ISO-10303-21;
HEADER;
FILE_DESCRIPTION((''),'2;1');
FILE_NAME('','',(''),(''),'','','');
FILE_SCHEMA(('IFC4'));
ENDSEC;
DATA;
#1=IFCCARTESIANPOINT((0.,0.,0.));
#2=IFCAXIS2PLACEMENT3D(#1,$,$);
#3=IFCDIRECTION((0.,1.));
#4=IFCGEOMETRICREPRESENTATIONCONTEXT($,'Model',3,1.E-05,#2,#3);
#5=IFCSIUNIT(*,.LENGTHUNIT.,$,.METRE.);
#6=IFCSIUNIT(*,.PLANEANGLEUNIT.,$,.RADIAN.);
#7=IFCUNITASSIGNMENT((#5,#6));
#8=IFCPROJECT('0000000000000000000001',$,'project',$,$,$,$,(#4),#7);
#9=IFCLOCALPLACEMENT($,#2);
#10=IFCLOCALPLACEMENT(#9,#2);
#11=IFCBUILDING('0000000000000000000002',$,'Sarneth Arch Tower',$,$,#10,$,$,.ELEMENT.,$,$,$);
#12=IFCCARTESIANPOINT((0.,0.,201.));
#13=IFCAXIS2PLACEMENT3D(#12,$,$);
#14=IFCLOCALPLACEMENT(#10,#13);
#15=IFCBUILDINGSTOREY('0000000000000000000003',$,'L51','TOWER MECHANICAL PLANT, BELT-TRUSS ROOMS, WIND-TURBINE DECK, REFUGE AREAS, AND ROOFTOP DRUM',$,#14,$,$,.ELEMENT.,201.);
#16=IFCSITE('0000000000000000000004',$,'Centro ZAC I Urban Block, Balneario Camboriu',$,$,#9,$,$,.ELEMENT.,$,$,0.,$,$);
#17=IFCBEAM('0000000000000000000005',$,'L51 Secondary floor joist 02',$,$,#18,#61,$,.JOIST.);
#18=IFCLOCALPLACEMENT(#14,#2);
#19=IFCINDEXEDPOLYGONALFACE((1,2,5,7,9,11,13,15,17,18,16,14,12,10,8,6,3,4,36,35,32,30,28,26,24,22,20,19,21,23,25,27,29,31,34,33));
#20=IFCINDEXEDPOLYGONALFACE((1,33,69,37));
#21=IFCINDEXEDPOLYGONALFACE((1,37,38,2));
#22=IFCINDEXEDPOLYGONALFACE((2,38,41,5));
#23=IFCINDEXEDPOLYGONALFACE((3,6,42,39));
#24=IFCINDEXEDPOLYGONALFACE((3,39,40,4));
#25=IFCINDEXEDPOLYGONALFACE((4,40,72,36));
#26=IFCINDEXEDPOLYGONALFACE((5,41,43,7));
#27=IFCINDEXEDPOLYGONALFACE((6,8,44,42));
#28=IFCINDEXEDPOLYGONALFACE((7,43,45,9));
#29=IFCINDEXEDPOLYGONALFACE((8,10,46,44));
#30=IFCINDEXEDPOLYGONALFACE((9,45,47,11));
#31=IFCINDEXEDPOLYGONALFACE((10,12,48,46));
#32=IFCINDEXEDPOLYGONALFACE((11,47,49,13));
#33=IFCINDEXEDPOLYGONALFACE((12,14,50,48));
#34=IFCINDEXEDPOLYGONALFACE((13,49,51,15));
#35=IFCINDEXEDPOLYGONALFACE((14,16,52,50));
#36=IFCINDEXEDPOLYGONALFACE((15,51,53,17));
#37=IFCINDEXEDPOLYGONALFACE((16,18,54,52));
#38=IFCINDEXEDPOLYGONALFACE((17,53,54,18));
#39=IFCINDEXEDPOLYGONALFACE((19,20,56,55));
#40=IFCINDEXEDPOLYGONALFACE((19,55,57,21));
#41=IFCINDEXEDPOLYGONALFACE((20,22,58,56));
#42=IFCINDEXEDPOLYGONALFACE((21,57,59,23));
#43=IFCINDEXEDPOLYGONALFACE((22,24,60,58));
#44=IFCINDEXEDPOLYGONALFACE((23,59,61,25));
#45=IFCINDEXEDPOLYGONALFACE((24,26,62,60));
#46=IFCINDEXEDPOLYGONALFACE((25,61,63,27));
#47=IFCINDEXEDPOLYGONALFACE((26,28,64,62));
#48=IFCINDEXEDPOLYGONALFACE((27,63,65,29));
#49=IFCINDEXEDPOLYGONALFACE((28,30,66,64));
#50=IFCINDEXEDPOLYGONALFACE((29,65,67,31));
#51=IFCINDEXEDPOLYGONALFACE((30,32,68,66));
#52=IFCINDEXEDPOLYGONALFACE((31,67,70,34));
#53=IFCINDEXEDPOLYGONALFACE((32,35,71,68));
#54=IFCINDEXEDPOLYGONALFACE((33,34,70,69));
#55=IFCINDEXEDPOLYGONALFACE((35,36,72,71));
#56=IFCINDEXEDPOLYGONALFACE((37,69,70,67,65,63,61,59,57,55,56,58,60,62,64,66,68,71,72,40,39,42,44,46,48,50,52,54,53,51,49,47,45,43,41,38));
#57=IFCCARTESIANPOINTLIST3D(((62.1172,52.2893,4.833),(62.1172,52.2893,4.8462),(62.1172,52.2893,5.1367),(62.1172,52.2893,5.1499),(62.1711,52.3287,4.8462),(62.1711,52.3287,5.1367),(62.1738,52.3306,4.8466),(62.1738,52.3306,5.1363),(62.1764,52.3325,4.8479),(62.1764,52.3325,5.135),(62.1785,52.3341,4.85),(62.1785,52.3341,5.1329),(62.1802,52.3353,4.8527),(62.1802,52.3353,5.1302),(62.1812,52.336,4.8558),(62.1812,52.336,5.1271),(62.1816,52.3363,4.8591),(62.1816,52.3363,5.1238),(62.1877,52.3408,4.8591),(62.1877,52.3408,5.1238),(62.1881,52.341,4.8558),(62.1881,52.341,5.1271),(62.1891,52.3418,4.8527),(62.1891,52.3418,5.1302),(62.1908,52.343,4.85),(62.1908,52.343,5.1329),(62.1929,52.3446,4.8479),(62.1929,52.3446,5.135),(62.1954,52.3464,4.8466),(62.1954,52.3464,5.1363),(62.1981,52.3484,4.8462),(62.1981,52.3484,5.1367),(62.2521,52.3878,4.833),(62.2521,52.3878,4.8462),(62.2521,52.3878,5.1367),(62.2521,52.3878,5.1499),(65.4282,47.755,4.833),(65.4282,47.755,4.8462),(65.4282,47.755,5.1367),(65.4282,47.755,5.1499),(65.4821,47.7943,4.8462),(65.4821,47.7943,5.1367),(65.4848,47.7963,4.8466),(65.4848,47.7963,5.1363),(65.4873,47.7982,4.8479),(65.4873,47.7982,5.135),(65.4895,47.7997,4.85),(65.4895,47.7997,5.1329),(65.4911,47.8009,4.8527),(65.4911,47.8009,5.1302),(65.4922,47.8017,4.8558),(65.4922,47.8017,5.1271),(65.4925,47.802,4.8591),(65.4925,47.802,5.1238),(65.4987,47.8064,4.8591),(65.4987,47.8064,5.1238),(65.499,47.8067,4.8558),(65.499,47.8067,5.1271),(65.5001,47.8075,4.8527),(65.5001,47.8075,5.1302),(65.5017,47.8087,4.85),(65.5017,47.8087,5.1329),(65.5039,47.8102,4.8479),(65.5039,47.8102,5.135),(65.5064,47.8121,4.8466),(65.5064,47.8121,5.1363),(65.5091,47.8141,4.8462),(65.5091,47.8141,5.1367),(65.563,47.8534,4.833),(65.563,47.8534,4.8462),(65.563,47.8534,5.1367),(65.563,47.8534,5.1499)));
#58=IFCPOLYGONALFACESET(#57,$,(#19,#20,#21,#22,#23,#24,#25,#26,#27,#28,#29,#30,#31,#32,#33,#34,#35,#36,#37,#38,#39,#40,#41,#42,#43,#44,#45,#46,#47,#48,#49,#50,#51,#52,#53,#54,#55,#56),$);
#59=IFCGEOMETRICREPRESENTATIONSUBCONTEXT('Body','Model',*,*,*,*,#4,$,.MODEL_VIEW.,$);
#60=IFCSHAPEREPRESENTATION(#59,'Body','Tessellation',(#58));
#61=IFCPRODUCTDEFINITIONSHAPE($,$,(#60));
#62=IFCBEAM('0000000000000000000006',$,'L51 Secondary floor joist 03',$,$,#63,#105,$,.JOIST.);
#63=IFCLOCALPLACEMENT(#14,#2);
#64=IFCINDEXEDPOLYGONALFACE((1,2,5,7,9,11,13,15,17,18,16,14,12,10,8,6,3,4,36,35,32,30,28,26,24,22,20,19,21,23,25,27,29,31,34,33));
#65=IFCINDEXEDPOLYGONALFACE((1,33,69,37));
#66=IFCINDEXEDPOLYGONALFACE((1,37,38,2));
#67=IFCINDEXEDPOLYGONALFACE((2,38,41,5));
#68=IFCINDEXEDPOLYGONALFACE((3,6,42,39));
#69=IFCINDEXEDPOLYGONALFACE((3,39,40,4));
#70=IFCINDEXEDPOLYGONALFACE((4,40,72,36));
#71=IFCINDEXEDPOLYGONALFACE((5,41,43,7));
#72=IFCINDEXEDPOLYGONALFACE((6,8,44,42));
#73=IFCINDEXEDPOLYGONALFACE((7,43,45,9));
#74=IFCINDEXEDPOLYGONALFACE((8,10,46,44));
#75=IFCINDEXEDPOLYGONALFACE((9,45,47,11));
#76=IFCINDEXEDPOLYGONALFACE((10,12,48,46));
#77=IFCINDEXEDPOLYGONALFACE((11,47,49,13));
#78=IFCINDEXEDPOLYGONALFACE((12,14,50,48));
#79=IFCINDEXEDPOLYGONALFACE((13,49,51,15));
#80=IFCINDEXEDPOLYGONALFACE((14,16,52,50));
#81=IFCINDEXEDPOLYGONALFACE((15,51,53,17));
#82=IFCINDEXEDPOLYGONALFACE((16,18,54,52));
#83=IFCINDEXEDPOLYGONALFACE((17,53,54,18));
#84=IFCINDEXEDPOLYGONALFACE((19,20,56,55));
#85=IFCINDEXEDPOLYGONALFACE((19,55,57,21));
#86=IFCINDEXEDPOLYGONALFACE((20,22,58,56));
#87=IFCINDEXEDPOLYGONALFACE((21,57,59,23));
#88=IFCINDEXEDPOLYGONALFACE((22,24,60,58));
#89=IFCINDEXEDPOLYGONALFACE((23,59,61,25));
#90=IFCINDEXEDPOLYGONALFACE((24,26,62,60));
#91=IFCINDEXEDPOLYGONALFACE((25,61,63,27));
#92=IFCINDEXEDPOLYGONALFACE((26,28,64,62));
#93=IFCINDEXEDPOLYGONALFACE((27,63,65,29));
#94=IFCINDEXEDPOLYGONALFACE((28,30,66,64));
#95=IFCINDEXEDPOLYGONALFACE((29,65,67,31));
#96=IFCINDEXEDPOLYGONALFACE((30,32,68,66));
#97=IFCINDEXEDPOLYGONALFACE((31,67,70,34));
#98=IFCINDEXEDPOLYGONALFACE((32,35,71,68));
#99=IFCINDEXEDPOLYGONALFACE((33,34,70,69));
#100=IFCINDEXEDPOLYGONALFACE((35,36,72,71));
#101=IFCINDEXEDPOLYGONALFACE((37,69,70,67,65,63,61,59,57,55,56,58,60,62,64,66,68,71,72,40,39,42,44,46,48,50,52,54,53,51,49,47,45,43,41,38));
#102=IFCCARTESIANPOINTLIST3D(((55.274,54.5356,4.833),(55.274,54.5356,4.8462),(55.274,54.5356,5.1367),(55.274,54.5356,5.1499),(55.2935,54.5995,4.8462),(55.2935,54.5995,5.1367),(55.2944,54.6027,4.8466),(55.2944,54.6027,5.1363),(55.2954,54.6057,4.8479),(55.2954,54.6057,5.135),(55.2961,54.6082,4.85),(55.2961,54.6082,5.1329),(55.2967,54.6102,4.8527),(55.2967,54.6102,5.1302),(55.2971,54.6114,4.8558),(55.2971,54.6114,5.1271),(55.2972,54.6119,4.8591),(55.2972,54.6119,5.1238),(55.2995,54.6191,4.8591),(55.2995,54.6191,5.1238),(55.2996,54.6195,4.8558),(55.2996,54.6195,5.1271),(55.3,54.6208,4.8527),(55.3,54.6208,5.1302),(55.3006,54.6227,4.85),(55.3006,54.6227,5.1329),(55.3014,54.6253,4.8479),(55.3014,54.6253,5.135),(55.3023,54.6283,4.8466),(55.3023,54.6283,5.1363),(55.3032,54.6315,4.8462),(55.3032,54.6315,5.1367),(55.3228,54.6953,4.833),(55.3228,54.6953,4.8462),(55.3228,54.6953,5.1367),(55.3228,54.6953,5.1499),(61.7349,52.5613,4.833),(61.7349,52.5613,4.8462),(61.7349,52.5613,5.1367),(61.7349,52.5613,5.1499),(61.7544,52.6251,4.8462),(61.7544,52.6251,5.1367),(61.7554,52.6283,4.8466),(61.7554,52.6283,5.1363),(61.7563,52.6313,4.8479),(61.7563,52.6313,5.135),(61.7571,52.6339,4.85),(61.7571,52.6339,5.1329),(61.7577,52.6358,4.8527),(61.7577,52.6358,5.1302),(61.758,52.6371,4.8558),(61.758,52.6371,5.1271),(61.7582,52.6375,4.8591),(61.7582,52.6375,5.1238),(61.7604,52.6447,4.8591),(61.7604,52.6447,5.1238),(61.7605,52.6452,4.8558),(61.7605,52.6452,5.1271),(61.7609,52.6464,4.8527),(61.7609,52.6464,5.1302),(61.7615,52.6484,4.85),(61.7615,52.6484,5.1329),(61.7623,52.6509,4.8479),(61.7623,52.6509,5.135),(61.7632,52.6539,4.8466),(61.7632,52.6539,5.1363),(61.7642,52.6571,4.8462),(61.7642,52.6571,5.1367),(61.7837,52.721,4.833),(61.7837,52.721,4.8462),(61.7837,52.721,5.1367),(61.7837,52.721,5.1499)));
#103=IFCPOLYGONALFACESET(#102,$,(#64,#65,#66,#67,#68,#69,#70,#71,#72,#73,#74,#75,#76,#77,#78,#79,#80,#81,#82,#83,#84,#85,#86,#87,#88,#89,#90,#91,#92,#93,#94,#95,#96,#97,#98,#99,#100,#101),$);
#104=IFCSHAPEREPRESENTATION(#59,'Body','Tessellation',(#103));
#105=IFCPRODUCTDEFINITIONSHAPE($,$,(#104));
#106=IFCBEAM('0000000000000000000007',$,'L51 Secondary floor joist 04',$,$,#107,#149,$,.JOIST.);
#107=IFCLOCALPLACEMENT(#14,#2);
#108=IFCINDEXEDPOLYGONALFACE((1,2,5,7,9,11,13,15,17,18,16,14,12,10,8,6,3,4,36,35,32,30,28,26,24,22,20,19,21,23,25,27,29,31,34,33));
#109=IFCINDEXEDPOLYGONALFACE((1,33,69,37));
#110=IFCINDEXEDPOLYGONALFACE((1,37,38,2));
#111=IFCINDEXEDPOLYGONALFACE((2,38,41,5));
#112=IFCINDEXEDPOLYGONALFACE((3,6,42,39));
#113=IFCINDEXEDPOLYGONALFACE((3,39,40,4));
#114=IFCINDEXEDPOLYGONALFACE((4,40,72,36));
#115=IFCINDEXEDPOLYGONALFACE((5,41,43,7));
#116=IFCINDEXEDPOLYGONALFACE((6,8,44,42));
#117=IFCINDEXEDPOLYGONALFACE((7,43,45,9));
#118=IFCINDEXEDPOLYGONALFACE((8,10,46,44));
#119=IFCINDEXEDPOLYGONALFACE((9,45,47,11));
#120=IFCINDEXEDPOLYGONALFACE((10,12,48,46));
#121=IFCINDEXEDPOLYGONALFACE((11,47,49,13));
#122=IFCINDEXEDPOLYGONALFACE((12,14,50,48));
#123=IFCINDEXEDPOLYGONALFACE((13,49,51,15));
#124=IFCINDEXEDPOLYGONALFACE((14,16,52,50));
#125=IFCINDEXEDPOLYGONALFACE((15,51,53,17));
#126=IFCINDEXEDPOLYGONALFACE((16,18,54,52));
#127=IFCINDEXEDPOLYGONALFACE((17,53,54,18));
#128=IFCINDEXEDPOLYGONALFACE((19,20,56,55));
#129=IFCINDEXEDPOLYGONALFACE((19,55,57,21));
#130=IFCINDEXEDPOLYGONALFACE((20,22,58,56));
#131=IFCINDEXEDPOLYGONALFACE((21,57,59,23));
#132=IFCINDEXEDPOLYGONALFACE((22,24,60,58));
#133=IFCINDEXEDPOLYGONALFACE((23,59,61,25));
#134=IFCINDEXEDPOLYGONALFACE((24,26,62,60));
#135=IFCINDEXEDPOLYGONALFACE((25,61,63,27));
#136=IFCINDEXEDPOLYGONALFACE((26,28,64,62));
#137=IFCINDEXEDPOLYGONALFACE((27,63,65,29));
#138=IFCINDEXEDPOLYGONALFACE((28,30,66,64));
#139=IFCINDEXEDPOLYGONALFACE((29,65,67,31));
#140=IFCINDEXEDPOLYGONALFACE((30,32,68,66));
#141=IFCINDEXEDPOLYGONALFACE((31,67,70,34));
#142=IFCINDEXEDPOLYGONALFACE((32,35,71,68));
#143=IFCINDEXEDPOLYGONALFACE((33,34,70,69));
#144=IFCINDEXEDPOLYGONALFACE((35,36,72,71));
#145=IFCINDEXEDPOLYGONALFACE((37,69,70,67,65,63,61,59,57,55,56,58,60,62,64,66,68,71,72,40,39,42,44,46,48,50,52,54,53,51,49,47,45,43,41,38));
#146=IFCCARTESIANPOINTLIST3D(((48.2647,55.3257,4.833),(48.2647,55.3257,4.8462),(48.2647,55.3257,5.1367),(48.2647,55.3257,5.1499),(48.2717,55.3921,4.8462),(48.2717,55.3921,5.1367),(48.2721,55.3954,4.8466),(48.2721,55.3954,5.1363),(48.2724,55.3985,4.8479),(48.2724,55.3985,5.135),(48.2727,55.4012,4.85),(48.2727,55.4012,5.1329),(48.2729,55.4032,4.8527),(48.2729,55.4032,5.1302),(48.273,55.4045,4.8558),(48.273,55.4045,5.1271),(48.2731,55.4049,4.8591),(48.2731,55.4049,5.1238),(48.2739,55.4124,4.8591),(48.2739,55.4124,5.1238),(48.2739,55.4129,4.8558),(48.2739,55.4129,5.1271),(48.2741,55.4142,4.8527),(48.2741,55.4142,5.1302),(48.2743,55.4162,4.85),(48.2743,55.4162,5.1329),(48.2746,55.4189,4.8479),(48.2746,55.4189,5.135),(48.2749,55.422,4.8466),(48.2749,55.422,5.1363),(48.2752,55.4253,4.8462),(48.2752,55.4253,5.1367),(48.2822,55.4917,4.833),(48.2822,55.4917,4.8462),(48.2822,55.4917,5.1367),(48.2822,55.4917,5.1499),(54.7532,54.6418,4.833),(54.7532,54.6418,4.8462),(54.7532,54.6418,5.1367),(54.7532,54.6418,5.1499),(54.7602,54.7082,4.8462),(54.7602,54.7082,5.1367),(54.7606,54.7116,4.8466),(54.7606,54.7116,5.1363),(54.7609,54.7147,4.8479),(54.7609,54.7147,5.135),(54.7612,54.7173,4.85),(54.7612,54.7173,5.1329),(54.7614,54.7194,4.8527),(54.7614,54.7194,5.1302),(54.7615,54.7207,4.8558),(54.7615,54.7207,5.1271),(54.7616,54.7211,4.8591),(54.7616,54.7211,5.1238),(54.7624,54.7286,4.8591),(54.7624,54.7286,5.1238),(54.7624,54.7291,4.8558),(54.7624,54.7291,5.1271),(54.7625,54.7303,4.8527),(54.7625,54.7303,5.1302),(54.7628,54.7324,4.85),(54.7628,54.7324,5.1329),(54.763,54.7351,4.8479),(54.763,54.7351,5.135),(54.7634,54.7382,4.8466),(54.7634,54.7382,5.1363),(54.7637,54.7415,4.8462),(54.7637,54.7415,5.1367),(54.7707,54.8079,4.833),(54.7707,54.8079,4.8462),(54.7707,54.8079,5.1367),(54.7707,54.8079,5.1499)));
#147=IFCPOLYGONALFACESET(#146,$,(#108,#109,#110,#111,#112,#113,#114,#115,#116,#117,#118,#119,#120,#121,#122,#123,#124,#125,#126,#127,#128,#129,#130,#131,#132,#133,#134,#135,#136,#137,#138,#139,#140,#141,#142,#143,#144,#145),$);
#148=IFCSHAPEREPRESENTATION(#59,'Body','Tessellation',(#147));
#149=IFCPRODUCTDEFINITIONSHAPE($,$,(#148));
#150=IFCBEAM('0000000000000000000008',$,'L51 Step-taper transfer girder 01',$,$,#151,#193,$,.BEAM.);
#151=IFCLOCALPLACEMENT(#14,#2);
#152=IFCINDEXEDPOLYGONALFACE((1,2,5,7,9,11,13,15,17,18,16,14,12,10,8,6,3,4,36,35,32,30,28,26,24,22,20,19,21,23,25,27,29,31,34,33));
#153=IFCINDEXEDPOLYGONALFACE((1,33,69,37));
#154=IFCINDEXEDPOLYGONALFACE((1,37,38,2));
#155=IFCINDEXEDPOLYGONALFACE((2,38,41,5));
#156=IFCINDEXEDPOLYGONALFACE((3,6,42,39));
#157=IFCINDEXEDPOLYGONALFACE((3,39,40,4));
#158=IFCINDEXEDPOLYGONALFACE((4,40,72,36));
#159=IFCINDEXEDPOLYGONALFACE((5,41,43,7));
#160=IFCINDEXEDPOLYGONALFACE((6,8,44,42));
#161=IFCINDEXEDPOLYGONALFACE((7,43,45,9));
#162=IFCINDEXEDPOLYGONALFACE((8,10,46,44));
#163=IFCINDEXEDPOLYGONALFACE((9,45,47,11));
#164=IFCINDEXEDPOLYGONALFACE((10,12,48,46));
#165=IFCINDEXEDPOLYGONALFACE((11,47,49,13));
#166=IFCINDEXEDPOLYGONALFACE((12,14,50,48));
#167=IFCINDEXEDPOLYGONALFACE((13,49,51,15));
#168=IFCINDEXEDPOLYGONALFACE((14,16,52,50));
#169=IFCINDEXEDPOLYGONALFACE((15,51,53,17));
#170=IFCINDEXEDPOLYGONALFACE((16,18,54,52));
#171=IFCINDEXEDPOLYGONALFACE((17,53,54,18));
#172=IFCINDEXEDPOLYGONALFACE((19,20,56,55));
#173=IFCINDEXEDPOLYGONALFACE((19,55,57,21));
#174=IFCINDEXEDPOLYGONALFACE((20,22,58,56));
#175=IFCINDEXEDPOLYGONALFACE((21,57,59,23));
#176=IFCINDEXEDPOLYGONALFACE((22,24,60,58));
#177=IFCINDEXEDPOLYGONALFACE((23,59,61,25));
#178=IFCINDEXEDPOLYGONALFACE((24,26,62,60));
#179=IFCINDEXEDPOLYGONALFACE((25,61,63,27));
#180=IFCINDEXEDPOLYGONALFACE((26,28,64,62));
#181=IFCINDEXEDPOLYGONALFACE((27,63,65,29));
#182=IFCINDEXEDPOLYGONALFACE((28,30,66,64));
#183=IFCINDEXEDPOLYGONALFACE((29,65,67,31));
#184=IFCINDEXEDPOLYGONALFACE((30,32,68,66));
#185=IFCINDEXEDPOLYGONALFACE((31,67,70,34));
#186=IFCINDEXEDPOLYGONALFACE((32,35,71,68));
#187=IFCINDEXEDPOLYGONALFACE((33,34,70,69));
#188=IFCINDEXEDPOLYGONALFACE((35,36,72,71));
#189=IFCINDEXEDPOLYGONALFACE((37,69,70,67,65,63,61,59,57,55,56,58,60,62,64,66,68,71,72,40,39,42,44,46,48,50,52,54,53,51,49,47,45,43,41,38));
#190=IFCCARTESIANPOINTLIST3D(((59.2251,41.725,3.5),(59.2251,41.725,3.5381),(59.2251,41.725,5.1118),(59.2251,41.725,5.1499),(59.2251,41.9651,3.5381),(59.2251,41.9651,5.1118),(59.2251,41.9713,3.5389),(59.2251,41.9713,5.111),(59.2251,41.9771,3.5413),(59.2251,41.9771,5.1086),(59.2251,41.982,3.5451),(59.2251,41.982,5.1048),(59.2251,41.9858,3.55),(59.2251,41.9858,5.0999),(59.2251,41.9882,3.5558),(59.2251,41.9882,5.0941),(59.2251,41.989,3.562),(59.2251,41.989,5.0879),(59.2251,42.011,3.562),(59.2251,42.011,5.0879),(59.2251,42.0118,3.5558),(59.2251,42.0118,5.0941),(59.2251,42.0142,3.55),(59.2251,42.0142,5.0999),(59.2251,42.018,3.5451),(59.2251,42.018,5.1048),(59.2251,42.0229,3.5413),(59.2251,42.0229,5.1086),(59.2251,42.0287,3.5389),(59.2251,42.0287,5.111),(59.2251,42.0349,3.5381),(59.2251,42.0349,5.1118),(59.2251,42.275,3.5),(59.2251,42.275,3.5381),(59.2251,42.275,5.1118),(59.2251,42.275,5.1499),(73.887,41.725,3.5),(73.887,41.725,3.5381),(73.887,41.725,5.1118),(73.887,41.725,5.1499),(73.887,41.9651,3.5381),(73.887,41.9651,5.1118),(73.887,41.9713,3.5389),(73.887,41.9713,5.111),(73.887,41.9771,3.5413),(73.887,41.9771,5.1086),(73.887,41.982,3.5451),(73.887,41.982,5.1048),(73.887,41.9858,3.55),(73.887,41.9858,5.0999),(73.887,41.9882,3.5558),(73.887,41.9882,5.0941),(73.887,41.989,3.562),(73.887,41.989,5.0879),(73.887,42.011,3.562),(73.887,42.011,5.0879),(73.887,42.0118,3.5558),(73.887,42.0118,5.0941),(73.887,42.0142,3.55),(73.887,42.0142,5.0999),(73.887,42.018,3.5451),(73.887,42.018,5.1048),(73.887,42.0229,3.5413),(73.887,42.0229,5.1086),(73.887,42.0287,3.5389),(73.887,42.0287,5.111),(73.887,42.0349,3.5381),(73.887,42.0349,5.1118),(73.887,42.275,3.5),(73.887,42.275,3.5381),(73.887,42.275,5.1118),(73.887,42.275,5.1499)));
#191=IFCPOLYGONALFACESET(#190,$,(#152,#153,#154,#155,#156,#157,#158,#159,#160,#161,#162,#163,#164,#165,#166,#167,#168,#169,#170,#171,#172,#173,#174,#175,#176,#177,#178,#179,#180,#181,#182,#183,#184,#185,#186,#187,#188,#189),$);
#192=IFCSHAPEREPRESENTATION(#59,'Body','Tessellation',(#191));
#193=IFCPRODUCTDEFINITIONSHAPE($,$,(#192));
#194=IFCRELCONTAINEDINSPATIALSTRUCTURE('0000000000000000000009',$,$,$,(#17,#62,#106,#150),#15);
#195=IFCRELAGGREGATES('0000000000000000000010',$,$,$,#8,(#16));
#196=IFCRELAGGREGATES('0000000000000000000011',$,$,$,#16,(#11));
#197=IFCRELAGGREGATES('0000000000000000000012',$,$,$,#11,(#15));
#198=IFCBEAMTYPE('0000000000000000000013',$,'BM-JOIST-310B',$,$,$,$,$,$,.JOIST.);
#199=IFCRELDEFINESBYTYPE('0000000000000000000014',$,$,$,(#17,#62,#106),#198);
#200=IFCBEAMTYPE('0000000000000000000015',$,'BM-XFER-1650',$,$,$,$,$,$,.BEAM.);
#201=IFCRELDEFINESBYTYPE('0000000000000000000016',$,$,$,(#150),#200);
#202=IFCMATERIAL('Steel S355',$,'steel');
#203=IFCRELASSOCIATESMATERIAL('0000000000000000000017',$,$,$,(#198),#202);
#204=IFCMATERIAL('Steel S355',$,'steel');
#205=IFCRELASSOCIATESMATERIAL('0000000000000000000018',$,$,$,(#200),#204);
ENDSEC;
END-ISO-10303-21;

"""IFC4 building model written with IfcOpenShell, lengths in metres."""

from ifc_helpers import new_model, si_unit, direction, frame, origin, origin_2d, place, context, subcontext, project, spatial, i_section, extrude, material, material_profile, profile_set, type_object, element, save


model = new_model("IFC4")

# Units and contexts
model_context = context("Model", 3, precision=1e-05, world=origin(), true_north=direction((0.0, 1.0)))
body_context = subcontext(model_context, "Body", "Model", "MODEL_VIEW")
ifc_project = project(units=[si_unit("LENGTHUNIT", "METRE"), si_unit("PLANEANGLEUNIT", "RADIAN")], contexts=[model_context])

# Site, building, storey
site_placement = place(None, origin())
site = spatial("IfcSite", under=ifc_project, at=site_placement, Name="Centro ZAC I Urban Block, Balneario Camboriu", CompositionType="ELEMENT", RefElevation=0.0)
building_placement = place(site_placement, origin())
building = spatial("IfcBuilding", under=site, at=building_placement, Name="Sarneth Arch Tower", CompositionType="ELEMENT")
storey_placement = place(building_placement, frame((0.0, 0.0, 201.0)))
storey = spatial("IfcBuildingStorey", under=building, at=storey_placement, Name="L51", Description="TOWER MECHANICAL PLANT, BELT-TRUSS ROOMS, WIND-TURBINE DECK, REFUGE AREAS, AND ROOFTOP DRUM", CompositionType="ELEMENT", Elevation=201.0)

# Beams
ifc_material_1 = material(Name="Steel S355", Category="steel")
ifc_material_profile_1 = material_profile(ifc_material_1, i_section(OverallWidth=0.167, OverallDepth=0.3169, WebThickness=0.0076, FlangeThickness=0.0132, FilletRadius=0.0129, at=origin_2d()), Name="W310x52")
ifc_profile_set_1 = profile_set([ifc_material_profile_1], Name="Steel S355")
beam_type_1 = type_object("IfcBeamType", Name="BM-JOIST-310B", PredefinedType="JOIST", material=ifc_profile_set_1)
beam_1_placement = place(storey_placement, frame((65.4956, 47.8042, 4.9915), z_axis=(-0.589717, 0.80761, 0.0), x_axis=(-0.80761, -0.589717, 0.0)))
element("IfcBeam", 1, at=beam_1_placement, inside=storey, type_object=beam_type_1, Name="L51 Secondary floor joist 02", PredefinedType="JOIST", context=body_context, shape_type="SweptSolid", body=[
    extrude(i_section(OverallWidth=0.167, OverallDepth=0.3169, WebThickness=0.0076, FlangeThickness=0.0132, FilletRadius=0.0129, at=origin_2d()), origin(), (0.0, 0.0, 1.0), 5.6145),
])
beam_2_placement = place(storey_placement, frame((61.7593, 52.6411, 4.9915), z_axis=(-0.956344, 0.292244, 0.0), x_axis=(-0.292244, -0.956344, 0.0)))
element("IfcBeam", 2, at=beam_2_placement, inside=storey, type_object=beam_type_1, Name="L51 Secondary floor joist 03", PredefinedType="JOIST", context=body_context, shape_type="SweptSolid", body=[
    extrude(i_section(OverallWidth=0.167, OverallDepth=0.3169, WebThickness=0.0076, FlangeThickness=0.0132, FilletRadius=0.0129, at=origin_2d()), origin(), (0.0, 0.0, 1.0), 6.7559),
])
beam_3_placement = place(storey_placement, frame((54.762, 54.7249, 4.9915), z_axis=(-0.994492, 0.104811, 0.0), x_axis=(-0.104811, -0.994492, 0.0)))
element("IfcBeam", 3, at=beam_3_placement, inside=storey, type_object=beam_type_1, Name="L51 Secondary floor joist 04", PredefinedType="JOIST", context=body_context, shape_type="SweptSolid", body=[
    extrude(i_section(OverallWidth=0.167, OverallDepth=0.3169, WebThickness=0.0076, FlangeThickness=0.0132, FilletRadius=0.0129, at=origin_2d()), origin(), (0.0, 0.0, 1.0), 6.5244),
])
ifc_material_2 = material(Name="Steel S355", Category="steel")
ifc_material_profile_2 = material_profile(ifc_material_2, i_section(OverallWidth=0.55, OverallDepth=1.6499, WebThickness=0.022, FlangeThickness=0.0381, FilletRadius=0.0239, at=origin_2d()), Name="CVS1650x680")
ifc_profile_set_2 = profile_set([ifc_material_profile_2], Name="Steel S355")
beam_type_2 = type_object("IfcBeamType", Name="BM-XFER-1650", PredefinedType="BEAM", material=ifc_profile_set_2)
beam_4_placement = place(storey_placement, frame((59.2251, 42.0, 4.325), z_axis=(1.0, 0.0, 0.0), x_axis=(0.0, 1.0, 0.0)))
element("IfcBeam", 4, at=beam_4_placement, inside=storey, type_object=beam_type_2, Name="L51 Step-taper transfer girder 01", PredefinedType="BEAM", context=body_context, shape_type="SweptSolid", body=[
    extrude(i_section(OverallWidth=0.55, OverallDepth=1.6499, WebThickness=0.022, FlangeThickness=0.0381, FilletRadius=0.0239, at=origin_2d()), origin(), (0.0, 0.0, 1.0), 14.6619),
])

save(model, "model.ifc")
